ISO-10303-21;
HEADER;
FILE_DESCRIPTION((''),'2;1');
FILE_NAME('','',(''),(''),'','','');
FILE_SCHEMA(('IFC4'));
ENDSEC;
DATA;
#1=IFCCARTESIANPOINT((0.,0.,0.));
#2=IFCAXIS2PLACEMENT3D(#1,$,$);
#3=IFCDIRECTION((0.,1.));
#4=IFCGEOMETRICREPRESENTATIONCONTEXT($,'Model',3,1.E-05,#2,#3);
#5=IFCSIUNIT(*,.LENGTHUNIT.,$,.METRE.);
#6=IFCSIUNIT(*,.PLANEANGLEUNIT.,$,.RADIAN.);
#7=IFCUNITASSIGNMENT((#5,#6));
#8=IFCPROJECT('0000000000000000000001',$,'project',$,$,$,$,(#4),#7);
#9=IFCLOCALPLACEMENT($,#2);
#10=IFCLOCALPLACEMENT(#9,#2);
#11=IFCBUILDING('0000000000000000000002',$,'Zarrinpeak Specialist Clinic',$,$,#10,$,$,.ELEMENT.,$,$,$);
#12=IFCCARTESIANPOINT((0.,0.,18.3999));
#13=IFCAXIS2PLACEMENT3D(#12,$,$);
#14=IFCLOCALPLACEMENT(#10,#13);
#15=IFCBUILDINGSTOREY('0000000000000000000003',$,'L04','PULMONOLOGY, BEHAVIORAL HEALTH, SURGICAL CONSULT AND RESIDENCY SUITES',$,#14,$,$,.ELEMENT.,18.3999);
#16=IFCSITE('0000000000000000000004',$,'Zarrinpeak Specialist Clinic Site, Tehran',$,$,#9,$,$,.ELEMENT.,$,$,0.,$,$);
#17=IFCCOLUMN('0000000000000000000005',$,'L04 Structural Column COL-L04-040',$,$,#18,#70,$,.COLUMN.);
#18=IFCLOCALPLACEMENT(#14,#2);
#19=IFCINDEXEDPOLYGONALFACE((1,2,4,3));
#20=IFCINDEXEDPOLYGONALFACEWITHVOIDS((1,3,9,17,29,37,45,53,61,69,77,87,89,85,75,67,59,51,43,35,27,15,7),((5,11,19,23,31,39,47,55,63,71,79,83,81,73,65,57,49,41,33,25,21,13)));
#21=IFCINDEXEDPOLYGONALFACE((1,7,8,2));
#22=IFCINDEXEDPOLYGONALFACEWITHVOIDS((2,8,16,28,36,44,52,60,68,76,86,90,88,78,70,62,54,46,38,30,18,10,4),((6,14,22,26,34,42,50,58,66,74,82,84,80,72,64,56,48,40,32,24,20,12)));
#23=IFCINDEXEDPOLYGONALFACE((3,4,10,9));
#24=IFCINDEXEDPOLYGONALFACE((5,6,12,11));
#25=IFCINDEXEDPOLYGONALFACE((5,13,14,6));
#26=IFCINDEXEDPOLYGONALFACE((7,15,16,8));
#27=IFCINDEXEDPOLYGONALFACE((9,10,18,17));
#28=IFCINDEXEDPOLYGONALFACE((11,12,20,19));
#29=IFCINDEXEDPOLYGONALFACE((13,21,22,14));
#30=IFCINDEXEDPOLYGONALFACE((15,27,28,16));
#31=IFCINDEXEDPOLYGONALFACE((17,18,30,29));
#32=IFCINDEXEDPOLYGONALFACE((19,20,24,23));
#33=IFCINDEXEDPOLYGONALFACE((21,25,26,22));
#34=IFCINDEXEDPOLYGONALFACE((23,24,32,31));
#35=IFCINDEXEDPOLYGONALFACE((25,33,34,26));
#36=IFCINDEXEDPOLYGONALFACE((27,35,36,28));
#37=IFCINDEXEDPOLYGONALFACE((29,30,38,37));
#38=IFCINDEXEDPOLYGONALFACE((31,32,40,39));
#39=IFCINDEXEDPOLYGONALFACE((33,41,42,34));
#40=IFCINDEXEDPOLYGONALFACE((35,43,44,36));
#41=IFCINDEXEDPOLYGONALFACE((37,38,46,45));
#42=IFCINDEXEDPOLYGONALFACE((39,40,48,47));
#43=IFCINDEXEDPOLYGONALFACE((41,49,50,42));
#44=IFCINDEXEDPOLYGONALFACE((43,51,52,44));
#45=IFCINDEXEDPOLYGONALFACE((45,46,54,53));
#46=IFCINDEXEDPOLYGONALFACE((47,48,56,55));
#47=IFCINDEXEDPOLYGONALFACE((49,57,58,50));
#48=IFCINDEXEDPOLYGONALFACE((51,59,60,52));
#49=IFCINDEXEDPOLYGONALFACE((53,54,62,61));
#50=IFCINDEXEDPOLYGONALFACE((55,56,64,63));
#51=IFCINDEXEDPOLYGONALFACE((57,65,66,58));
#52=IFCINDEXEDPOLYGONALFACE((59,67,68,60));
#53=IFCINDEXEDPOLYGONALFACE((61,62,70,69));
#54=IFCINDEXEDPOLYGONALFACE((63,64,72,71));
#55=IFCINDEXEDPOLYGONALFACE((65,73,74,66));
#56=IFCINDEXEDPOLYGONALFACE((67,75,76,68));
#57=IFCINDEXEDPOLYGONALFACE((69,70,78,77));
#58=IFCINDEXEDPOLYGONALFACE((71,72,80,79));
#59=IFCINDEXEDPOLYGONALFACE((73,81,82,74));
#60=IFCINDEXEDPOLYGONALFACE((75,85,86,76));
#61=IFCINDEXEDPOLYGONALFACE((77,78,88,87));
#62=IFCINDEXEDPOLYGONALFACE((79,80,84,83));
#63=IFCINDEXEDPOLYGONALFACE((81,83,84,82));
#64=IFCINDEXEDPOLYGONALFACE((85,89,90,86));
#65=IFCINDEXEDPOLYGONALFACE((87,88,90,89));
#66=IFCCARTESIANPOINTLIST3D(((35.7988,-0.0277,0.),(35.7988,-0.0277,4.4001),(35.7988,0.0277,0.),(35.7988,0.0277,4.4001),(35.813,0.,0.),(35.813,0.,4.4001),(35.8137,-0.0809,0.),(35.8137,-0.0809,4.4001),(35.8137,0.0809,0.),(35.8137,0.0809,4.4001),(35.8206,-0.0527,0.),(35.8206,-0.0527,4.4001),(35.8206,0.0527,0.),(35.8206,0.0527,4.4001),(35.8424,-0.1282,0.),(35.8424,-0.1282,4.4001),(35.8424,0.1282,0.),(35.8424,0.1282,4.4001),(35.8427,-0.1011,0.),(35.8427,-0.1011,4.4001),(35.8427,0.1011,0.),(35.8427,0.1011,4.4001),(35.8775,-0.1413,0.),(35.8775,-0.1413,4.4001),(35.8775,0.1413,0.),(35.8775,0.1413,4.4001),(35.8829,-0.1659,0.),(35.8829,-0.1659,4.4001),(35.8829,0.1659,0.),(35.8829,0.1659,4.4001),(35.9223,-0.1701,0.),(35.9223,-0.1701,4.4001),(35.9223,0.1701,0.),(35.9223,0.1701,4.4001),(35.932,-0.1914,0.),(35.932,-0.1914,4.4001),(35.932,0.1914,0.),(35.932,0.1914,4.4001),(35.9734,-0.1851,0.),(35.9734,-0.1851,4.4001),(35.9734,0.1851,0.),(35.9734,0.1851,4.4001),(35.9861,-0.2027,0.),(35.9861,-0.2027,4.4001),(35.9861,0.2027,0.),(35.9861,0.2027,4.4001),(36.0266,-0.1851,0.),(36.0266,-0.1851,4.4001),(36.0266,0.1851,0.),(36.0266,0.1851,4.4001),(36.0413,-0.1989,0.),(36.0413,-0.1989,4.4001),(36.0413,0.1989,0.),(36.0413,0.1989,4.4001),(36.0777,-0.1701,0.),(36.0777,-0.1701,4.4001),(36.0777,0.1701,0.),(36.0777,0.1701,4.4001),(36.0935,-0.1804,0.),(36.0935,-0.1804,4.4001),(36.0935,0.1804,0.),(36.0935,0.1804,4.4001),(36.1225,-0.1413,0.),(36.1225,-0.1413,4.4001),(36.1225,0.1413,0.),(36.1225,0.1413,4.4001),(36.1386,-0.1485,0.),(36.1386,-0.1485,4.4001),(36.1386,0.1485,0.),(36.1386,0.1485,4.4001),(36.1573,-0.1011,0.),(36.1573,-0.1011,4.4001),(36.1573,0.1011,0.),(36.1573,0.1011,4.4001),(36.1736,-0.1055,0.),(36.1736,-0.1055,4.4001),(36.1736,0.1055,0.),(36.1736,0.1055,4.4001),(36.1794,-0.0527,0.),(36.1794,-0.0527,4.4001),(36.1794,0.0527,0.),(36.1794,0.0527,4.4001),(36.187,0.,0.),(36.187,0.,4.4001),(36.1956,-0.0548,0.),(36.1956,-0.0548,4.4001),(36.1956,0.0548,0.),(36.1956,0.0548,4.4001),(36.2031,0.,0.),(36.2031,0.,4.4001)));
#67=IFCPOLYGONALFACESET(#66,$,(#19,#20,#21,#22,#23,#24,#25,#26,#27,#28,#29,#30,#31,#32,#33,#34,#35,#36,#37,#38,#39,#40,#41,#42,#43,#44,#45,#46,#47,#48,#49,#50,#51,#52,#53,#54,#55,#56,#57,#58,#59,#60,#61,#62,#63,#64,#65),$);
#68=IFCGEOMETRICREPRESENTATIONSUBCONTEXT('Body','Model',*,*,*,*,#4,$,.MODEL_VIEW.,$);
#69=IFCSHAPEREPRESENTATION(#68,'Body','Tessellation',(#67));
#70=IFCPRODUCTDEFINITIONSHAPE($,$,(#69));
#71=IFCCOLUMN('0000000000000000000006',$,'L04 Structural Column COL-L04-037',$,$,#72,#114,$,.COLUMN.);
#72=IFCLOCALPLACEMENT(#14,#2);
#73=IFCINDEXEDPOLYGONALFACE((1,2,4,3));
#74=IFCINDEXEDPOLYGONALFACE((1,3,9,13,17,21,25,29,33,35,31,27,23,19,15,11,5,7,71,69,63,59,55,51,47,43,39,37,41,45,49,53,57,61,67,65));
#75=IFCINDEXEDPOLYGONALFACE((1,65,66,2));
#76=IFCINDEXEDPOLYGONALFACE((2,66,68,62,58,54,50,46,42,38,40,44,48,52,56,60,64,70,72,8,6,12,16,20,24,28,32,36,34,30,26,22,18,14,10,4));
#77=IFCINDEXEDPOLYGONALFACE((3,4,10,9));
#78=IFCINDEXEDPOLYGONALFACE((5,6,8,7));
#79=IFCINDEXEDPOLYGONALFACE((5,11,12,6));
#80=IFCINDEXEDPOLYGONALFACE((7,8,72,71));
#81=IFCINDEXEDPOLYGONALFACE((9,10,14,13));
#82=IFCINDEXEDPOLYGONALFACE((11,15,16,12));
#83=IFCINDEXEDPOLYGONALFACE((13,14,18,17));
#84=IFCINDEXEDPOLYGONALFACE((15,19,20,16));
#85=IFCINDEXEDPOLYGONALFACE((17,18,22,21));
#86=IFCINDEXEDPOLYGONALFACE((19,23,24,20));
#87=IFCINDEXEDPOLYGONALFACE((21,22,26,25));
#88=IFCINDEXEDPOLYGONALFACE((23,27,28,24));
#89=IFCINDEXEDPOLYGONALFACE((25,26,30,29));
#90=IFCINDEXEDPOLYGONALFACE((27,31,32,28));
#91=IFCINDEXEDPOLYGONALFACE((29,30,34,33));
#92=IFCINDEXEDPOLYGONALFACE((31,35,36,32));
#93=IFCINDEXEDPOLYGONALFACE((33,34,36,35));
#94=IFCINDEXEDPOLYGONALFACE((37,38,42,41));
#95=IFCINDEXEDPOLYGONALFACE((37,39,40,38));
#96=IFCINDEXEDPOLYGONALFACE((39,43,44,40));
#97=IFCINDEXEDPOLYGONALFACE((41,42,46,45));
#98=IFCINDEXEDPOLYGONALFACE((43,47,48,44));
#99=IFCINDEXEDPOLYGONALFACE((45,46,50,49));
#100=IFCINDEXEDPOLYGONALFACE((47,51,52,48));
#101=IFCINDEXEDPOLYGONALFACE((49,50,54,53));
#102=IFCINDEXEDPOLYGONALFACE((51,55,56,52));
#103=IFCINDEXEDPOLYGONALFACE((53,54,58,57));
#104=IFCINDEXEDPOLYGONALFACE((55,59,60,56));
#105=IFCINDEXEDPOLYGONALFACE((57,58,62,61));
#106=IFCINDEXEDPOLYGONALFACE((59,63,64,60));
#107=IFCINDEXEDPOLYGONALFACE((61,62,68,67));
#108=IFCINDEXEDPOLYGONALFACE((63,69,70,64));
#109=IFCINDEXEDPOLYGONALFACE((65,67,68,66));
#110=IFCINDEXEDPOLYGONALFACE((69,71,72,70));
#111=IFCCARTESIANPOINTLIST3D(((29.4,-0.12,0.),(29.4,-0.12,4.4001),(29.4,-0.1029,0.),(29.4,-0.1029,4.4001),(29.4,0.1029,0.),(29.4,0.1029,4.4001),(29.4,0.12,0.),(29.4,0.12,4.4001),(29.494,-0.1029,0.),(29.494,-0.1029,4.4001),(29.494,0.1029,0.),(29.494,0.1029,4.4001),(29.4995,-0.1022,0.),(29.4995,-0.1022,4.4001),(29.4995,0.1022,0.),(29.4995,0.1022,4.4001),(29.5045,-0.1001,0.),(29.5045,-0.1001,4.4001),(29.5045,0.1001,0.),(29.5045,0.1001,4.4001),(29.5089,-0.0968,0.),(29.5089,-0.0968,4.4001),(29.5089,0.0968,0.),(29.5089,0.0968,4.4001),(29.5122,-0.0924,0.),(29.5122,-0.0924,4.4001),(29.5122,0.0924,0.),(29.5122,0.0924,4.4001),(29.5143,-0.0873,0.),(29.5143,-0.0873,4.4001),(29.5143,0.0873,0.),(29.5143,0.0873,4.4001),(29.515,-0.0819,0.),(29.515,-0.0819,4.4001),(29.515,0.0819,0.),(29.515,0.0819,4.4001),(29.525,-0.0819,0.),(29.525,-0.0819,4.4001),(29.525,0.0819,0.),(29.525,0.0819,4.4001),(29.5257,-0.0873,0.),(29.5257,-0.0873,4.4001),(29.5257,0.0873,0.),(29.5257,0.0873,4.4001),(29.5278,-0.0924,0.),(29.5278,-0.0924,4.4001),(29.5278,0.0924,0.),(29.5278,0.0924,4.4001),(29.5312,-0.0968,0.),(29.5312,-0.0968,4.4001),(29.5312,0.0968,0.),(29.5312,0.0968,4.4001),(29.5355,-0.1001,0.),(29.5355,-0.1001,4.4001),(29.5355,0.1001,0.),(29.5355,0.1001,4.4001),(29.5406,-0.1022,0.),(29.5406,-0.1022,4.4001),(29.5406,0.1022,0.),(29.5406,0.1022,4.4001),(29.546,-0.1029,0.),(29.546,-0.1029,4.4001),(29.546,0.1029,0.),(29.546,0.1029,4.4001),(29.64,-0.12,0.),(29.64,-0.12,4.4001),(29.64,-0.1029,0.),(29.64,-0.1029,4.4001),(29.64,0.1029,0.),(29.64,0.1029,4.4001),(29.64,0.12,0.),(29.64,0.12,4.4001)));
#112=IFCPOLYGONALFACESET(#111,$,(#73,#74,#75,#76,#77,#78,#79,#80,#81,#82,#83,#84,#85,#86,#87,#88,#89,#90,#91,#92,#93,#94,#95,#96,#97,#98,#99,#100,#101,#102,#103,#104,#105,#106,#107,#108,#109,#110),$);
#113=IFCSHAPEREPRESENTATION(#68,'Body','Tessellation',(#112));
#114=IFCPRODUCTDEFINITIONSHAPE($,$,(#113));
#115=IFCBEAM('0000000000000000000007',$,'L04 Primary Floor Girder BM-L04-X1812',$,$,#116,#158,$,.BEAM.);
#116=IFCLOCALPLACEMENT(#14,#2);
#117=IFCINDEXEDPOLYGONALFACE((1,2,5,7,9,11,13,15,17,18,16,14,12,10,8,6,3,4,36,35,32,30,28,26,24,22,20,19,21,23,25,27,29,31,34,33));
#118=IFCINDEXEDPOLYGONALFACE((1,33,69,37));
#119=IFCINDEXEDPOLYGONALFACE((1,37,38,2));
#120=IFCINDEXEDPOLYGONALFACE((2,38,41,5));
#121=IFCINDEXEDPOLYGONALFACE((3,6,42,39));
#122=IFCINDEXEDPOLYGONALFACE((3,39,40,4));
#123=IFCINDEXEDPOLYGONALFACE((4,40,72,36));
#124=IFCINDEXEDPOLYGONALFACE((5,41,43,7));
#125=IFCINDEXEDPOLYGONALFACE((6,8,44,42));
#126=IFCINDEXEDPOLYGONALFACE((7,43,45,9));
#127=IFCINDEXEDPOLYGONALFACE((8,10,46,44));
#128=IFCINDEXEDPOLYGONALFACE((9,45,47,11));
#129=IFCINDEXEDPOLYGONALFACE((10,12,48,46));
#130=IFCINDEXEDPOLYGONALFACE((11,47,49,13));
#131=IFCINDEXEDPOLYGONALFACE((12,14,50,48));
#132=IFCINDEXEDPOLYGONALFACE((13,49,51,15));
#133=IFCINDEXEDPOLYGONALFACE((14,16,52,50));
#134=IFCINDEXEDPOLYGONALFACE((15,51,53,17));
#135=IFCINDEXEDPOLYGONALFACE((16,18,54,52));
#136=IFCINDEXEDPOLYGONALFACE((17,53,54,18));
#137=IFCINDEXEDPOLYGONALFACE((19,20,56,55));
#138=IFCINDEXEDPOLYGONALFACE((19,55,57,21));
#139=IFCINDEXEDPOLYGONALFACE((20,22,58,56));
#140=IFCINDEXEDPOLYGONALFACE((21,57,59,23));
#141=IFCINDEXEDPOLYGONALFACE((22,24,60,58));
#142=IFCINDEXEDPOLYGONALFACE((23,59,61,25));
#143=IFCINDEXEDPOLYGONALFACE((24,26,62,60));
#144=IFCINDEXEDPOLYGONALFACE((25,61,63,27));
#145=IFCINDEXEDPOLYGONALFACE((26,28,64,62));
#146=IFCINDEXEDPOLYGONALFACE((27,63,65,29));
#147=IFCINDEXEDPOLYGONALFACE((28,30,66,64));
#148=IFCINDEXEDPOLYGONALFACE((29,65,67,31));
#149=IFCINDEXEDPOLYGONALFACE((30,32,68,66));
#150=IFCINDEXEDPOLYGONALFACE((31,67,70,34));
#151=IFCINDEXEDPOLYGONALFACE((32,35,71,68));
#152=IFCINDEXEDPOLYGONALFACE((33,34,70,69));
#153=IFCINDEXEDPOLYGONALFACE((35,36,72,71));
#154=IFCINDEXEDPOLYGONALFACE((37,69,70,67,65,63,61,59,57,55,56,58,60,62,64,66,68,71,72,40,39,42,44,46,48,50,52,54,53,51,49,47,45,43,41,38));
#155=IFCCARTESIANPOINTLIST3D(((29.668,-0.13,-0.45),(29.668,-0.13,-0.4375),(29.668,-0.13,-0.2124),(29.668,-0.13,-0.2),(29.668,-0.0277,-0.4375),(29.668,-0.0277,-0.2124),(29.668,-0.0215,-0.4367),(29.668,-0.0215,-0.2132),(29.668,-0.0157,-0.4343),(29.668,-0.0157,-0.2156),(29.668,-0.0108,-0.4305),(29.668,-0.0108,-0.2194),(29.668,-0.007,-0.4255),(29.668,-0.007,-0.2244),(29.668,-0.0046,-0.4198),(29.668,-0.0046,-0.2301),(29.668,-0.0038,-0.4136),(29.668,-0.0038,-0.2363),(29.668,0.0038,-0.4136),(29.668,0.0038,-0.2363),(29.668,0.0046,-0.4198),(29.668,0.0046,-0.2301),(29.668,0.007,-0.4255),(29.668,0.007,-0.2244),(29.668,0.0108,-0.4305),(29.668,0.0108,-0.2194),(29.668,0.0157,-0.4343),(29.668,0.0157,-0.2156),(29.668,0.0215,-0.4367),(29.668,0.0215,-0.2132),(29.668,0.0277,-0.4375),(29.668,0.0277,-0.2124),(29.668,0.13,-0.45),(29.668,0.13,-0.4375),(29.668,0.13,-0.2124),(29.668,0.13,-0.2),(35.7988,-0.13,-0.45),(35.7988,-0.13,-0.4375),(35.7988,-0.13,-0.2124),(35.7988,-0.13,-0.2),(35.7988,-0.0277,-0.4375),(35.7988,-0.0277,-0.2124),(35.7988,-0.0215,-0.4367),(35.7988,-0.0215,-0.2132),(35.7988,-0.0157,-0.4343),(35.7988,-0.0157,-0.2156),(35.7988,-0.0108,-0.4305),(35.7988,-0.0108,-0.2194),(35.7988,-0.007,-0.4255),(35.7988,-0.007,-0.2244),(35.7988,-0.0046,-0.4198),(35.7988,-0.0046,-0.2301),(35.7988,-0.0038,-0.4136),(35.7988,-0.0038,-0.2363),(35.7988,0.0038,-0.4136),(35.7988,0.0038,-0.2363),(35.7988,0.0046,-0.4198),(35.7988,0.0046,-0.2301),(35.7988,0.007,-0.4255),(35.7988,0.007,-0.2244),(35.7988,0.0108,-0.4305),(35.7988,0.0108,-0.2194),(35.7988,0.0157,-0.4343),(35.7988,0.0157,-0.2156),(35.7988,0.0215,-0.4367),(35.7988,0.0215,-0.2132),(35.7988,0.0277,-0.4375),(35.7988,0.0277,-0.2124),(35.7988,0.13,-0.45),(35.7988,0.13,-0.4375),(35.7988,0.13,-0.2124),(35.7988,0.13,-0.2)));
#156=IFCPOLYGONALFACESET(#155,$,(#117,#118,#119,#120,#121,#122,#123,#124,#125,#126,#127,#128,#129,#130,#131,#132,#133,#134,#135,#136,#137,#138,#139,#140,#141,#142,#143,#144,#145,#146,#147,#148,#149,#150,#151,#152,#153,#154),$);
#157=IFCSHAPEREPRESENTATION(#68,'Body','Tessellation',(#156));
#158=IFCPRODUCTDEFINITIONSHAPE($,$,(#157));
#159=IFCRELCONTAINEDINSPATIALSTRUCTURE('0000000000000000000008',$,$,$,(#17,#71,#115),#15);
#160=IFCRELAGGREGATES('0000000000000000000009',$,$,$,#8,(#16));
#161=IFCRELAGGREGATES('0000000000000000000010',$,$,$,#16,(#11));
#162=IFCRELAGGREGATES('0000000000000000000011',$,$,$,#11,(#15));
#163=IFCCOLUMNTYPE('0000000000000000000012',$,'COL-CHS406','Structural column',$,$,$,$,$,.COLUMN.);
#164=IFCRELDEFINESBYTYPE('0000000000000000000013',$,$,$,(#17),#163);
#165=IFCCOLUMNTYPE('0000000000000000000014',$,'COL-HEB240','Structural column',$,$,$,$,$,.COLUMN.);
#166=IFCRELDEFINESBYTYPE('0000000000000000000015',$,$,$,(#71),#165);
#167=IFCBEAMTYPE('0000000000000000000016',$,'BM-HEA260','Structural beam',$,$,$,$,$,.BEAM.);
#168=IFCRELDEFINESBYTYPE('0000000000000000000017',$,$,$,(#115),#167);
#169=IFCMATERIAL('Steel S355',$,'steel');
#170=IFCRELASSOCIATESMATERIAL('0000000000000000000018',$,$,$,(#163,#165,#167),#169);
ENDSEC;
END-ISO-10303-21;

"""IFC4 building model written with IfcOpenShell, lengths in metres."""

from ifc_helpers import new_model, si_unit, direction, frame, origin, origin_2d, place, context, subcontext, project, spatial, hollow_circle, i_section, extrude, material, material_profile, profile_set, type_object, element, save


model = new_model("IFC4")

# Units and contexts
model_context = context("Model", 3, precision=1e-05, world=origin(), true_north=direction((0.0, 1.0)))
body_context = subcontext(model_context, "Body", "Model", "MODEL_VIEW")
ifc_project = project(units=[si_unit("LENGTHUNIT", "METRE"), si_unit("PLANEANGLEUNIT", "RADIAN")], contexts=[model_context])

# Site, building, storey
site_placement = place(None, origin())
site = spatial("IfcSite", under=ifc_project, at=site_placement, Name="Zarrinpeak Specialist Clinic Site, Tehran", CompositionType="ELEMENT", RefElevation=0.0)
building_placement = place(site_placement, origin())
building = spatial("IfcBuilding", under=site, at=building_placement, Name="Zarrinpeak Specialist Clinic", CompositionType="ELEMENT")
storey_placement = place(building_placement, frame((0.0, 0.0, 18.3999)))
storey = spatial("IfcBuildingStorey", under=building, at=storey_placement, Name="L04", Description="PULMONOLOGY, BEHAVIORAL HEALTH, SURGICAL CONSULT AND RESIDENCY SUITES", CompositionType="ELEMENT", Elevation=18.3999)

# Columns
ifc_material_1 = material(Name="Steel S355", Category="steel")
ifc_material_profile_1 = material_profile(ifc_material_1, hollow_circle(Radius=0.2031, WallThickness=0.0161, at=origin_2d()), Name="CHS 406.4x16.0")
ifc_profile_set_1 = profile_set([ifc_material_profile_1], Name="Steel S355")
column_type_1 = type_object("IfcColumnType", Name="COL-CHS406", Description="Structural column", PredefinedType="COLUMN", material=ifc_profile_set_1)
column_1_placement = place(storey_placement, frame((36.0, 0.0, 0.0), z_axis=(0.0, 0.0, 1.0), x_axis=(1.0, 0.0, 0.0)))
element("IfcColumn", 1, at=column_1_placement, inside=storey, type_object=column_type_1, Name="L04 Structural Column COL-L04-040", PredefinedType="COLUMN", context=body_context, shape_type="SweptSolid", body=[
    extrude(hollow_circle(Radius=0.2031, WallThickness=0.0161, at=origin_2d()), origin(), (0.0, 0.0, 1.0), 4.4001),
])
ifc_material_profile_2 = material_profile(ifc_material_1, i_section(OverallWidth=0.24, OverallDepth=0.24, WebThickness=0.01, FlangeThickness=0.0171, FilletRadius=0.021, at=origin_2d()), Name="HEB 240")
ifc_profile_set_2 = profile_set([ifc_material_profile_2], Name="Steel S355")
column_type_2 = type_object("IfcColumnType", Name="COL-HEB240", Description="Structural column", PredefinedType="COLUMN", material=ifc_profile_set_2)
column_2_placement = place(storey_placement, frame((29.52, 0.0, 0.0), z_axis=(0.0, 0.0, 1.0), x_axis=(1.0, 0.0, 0.0)))
element("IfcColumn", 2, at=column_2_placement, inside=storey, type_object=column_type_2, Name="L04 Structural Column COL-L04-037", PredefinedType="COLUMN", context=body_context, shape_type="SweptSolid", body=[
    extrude(i_section(OverallWidth=0.24, OverallDepth=0.24, WebThickness=0.01, FlangeThickness=0.0171, FilletRadius=0.021, at=origin_2d()), origin(), (0.0, 0.0, 1.0), 4.4001),
])

# Beam
ifc_material_profile_3 = material_profile(ifc_material_1, i_section(OverallWidth=0.26, OverallDepth=0.25, WebThickness=0.0076, FlangeThickness=0.0125, FilletRadius=0.0239, at=origin_2d()), Name="HEA 260")
ifc_profile_set_3 = profile_set([ifc_material_profile_3], Name="Steel S355")
beam_type_1 = type_object("IfcBeamType", Name="BM-HEA260", Description="Structural beam", PredefinedType="BEAM", material=ifc_profile_set_3)
beam_1_placement = place(storey_placement, frame((29.668, 0.0, -0.325), z_axis=(1.0, 0.0, 0.0), x_axis=(0.0, 1.0, 0.0)))
element("IfcBeam", 3, at=beam_1_placement, inside=storey, type_object=beam_type_1, Name="L04 Primary Floor Girder BM-L04-X1812", PredefinedType="BEAM", context=body_context, shape_type="SweptSolid", body=[
    extrude(i_section(OverallWidth=0.26, OverallDepth=0.25, WebThickness=0.0076, FlangeThickness=0.0125, FilletRadius=0.0239, at=origin_2d()), origin(), (0.0, 0.0, 1.0), 6.1309),
])

save(model, "model.ifc")
